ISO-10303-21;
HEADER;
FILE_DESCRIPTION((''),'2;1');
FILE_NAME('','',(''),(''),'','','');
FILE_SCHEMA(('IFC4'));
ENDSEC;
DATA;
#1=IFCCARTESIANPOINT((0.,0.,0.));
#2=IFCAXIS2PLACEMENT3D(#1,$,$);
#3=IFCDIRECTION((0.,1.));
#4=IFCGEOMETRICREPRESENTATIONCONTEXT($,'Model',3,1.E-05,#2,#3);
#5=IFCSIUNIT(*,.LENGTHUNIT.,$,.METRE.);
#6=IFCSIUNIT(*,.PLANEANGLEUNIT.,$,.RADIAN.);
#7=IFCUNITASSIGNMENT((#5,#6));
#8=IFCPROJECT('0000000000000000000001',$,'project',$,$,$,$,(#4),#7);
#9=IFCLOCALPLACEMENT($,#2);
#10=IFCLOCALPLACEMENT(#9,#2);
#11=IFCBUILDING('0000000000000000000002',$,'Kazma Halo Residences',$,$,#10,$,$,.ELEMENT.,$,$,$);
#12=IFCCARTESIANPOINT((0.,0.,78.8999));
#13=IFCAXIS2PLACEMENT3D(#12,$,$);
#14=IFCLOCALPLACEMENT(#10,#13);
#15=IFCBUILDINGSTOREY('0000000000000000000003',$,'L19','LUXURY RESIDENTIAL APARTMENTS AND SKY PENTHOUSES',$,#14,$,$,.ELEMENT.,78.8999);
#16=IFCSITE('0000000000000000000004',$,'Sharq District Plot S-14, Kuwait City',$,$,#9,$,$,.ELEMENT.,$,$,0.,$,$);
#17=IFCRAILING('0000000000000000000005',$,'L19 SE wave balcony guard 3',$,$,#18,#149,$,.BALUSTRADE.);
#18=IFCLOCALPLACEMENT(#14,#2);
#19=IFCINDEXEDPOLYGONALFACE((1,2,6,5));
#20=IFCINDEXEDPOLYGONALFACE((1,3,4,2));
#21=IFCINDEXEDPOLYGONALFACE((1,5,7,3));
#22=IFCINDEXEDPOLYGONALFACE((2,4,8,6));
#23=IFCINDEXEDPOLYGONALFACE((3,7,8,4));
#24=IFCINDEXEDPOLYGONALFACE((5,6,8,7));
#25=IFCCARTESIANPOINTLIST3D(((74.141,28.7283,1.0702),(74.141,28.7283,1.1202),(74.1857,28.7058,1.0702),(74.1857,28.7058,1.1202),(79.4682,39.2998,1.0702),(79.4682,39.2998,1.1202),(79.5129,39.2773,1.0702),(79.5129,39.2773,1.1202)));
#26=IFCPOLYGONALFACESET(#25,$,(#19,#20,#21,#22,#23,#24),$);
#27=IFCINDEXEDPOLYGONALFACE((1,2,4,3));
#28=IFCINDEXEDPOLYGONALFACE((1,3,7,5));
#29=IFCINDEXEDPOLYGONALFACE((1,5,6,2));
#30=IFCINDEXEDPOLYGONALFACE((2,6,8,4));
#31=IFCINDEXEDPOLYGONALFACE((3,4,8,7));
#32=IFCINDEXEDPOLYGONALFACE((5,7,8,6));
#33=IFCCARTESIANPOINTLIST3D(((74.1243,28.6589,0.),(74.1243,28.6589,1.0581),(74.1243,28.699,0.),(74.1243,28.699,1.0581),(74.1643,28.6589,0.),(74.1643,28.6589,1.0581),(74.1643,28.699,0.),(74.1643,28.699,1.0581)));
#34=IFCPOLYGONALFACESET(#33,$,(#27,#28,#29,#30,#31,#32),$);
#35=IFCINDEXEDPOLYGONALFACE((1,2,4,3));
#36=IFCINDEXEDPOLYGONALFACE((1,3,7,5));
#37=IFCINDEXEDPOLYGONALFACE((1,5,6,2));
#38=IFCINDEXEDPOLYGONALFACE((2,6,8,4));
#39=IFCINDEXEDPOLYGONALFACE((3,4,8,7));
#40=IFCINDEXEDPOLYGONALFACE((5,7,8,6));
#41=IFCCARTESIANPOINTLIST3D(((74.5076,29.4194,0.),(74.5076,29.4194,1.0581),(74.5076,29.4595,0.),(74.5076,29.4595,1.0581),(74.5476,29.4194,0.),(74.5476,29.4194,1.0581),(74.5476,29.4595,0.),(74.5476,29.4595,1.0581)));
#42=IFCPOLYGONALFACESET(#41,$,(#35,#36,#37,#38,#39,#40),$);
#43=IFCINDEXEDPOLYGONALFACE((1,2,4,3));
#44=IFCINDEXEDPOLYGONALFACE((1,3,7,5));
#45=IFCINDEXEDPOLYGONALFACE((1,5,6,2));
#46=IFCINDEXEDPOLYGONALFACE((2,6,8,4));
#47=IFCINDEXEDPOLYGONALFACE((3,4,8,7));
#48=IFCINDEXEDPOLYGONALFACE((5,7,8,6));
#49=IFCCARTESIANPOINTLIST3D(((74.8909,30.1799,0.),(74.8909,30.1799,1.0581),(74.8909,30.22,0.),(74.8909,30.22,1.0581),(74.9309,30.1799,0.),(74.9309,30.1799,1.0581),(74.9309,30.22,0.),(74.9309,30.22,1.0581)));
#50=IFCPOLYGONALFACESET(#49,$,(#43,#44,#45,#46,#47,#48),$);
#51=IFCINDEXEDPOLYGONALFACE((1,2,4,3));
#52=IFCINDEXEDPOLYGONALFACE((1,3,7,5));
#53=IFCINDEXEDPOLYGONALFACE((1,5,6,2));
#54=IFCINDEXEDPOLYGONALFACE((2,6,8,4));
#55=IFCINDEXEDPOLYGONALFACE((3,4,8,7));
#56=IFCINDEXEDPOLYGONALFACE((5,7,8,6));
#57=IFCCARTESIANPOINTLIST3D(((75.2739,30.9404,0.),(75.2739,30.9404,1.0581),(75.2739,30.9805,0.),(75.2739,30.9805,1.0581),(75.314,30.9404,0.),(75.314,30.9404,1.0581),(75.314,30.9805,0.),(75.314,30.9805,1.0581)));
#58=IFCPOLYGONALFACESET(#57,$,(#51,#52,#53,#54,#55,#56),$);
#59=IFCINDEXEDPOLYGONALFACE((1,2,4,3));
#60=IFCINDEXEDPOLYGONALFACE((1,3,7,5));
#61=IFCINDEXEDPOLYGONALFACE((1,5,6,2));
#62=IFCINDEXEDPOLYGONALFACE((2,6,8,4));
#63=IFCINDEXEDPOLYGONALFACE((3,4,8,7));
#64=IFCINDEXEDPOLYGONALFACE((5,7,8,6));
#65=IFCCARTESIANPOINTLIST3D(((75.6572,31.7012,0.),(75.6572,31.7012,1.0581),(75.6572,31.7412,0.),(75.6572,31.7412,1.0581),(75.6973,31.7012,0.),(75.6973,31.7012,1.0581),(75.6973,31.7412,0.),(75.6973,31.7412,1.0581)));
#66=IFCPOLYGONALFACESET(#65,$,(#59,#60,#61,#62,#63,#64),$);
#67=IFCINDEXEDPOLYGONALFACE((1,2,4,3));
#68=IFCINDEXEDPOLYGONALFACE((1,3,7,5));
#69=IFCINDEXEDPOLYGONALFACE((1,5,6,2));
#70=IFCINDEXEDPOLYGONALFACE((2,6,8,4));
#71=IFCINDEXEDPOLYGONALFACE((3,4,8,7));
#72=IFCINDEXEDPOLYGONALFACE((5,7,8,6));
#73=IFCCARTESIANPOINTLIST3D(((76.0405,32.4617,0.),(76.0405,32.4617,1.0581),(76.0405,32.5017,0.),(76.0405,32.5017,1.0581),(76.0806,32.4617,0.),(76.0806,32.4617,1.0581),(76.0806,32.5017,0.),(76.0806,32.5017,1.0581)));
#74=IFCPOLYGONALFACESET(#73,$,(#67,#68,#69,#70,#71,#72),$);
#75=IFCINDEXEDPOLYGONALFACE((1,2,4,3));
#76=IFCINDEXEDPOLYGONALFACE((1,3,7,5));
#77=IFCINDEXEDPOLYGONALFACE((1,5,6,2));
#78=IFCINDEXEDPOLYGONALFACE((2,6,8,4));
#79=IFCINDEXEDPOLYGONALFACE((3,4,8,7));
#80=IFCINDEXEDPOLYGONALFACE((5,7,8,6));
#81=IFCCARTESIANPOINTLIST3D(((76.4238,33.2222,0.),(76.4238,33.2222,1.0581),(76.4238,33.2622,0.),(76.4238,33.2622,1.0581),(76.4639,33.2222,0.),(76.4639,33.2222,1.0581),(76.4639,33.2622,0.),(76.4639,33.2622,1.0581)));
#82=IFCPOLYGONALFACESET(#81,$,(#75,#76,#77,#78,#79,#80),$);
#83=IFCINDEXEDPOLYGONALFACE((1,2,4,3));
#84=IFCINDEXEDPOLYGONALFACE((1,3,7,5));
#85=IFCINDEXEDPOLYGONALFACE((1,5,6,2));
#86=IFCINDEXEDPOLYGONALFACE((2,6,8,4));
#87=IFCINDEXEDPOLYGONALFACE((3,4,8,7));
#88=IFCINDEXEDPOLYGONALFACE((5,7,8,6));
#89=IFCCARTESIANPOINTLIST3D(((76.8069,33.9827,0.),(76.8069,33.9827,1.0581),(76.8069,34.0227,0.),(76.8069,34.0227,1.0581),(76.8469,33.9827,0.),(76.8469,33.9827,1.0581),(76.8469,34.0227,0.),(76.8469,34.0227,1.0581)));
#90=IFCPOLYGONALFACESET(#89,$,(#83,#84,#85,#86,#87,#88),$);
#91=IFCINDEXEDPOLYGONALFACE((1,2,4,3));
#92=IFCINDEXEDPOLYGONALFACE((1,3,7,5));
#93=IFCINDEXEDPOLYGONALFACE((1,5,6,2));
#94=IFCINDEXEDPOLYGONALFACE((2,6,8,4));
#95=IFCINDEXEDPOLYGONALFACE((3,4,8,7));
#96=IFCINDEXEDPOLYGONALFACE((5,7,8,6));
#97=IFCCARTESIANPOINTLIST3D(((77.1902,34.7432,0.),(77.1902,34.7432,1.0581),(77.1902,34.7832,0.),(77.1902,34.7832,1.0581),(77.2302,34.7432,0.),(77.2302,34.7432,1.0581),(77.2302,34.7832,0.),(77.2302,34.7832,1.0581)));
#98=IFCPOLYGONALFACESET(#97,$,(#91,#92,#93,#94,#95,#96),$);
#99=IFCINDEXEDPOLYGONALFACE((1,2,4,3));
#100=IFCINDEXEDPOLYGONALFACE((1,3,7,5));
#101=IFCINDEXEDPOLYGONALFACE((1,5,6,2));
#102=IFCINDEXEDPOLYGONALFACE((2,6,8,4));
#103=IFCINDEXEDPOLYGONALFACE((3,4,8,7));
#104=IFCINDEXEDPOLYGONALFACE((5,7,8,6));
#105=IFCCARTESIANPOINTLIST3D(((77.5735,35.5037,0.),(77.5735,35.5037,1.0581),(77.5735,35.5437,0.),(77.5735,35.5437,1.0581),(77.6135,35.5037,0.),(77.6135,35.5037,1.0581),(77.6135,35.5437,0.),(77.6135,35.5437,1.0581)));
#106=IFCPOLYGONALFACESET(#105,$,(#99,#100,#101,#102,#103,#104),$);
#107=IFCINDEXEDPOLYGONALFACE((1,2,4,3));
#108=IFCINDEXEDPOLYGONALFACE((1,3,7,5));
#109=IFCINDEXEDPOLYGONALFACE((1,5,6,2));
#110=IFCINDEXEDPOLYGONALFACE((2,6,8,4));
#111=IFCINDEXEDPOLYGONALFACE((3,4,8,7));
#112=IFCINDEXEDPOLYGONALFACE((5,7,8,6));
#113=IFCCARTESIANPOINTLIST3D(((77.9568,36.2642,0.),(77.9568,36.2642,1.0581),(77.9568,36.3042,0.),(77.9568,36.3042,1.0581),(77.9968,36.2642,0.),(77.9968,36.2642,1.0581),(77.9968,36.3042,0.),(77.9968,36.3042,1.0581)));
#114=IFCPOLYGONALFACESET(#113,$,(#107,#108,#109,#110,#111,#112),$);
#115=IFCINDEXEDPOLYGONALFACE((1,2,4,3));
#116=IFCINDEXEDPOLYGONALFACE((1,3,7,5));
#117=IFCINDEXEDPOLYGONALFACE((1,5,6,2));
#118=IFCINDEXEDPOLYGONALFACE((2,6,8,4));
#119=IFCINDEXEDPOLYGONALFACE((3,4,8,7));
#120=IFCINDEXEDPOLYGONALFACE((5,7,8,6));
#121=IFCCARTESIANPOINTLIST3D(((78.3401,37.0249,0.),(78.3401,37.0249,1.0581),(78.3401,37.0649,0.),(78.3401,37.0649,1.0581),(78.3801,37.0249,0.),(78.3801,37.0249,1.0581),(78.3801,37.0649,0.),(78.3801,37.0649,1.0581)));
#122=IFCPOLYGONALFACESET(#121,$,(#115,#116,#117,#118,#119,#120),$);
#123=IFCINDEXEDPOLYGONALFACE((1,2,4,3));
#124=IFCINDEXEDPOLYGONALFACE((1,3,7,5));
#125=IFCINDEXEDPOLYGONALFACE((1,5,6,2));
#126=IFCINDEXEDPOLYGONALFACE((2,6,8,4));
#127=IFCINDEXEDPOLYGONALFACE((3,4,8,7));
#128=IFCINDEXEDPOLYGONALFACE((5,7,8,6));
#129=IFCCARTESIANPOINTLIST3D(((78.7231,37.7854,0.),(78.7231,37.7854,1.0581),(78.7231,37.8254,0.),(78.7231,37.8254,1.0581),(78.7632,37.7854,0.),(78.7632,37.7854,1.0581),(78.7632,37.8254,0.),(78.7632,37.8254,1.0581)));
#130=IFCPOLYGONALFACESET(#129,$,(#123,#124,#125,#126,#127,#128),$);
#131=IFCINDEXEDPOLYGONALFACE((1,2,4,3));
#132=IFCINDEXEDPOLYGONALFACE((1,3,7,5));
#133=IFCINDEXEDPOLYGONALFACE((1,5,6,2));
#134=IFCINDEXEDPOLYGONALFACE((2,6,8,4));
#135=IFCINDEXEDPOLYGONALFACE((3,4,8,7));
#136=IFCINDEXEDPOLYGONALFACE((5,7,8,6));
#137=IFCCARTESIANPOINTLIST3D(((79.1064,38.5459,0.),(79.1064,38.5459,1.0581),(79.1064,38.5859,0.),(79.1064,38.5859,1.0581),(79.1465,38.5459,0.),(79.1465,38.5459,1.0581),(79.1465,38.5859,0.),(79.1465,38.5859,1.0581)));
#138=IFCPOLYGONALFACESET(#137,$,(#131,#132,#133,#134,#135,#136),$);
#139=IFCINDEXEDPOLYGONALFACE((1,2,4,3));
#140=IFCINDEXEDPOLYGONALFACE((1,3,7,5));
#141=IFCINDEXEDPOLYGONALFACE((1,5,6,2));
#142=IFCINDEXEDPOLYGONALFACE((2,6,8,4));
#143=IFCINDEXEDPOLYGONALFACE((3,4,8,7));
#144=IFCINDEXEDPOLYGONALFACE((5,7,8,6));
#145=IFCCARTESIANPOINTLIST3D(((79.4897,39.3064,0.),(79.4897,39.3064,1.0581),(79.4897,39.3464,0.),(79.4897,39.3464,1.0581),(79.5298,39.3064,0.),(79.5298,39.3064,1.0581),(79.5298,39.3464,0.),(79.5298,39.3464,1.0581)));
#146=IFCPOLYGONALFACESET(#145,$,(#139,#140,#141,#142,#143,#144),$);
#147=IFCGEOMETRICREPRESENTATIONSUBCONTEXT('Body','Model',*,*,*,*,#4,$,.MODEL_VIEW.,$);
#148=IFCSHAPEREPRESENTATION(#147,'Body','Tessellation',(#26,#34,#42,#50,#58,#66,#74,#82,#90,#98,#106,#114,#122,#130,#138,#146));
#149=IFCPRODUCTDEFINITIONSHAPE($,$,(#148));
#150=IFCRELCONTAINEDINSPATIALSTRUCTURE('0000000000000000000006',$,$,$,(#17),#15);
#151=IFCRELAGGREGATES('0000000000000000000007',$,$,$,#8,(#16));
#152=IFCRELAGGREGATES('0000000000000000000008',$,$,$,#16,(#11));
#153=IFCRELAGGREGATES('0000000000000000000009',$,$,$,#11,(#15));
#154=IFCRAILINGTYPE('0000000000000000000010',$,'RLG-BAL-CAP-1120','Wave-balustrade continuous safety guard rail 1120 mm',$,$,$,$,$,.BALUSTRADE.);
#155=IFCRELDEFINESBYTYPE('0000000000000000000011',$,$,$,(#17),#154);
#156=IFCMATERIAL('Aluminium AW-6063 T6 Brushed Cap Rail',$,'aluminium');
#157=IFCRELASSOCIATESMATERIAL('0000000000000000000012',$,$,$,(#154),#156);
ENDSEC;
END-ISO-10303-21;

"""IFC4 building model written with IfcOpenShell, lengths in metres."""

from ifc_helpers import new_model, si_unit, direction, frame, origin, origin_2d, place, context, subcontext, project, spatial, rectangle, extrude, material, type_object, element, save


model = new_model("IFC4")

# Units and contexts
model_context = context("Model", 3, precision=1e-05, world=origin(), true_north=direction((0.0, 1.0)))
body_context = subcontext(model_context, "Body", "Model", "MODEL_VIEW")
ifc_project = project(units=[si_unit("LENGTHUNIT", "METRE"), si_unit("PLANEANGLEUNIT", "RADIAN")], contexts=[model_context])

# Site, building, storey
site_placement = place(None, origin())
site = spatial("IfcSite", under=ifc_project, at=site_placement, Name="Sharq District Plot S-14, Kuwait City", CompositionType="ELEMENT", RefElevation=0.0)
building_placement = place(site_placement, origin())
building = spatial("IfcBuilding", under=site, at=building_placement, Name="Kazma Halo Residences", CompositionType="ELEMENT")
storey_placement = place(building_placement, frame((0.0, 0.0, 78.8999)))
storey = spatial("IfcBuildingStorey", under=building, at=storey_placement, Name="L19", Description="LUXURY RESIDENTIAL APARTMENTS AND SKY PENTHOUSES", CompositionType="ELEMENT", Elevation=78.8999)

# Railing
ifc_material_1 = material(Name="Aluminium AW-6063 T6 Brushed Cap Rail", Category="aluminium")
railing_type = type_object("IfcRailingType", Name="RLG-BAL-CAP-1120", Description="Wave-balustrade continuous safety guard rail 1120 mm", PredefinedType="BALUSTRADE", material=ifc_material_1)
railing_1_placement = place(storey_placement, frame((74.1443, 28.679, 0.0)))
element("IfcRailing", 1, at=railing_1_placement, inside=storey, type_object=railing_type, Name="L19 SE wave balcony guard 3", PredefinedType="BALUSTRADE", context=body_context, shape_type="SweptSolid", body=[
    extrude(rectangle(XDim=0.05, YDim=0.05, at=origin_2d()), frame((0.019, 0.0381, 1.0952), z_axis=(0.450013, 0.893022, 0.0), x_axis=(-0.893022, 0.450013, 0.0)), (0.0, 0.0, 1.0), 11.8379),
    extrude(rectangle(XDim=0.04, YDim=0.04, at=origin_2d()), origin(), (0.0, 0.0, 1.0), 1.0581),
    extrude(rectangle(XDim=0.04, YDim=0.04, at=origin_2d()), frame((0.3833, 0.7605, 0.0)), (0.0, 0.0, 1.0), 1.0581),
    extrude(rectangle(XDim=0.04, YDim=0.04, at=origin_2d()), frame((0.7666, 1.521, 0.0)), (0.0, 0.0, 1.0), 1.0581),
    extrude(rectangle(XDim=0.04, YDim=0.04, at=origin_2d()), frame((1.1497, 2.2815, 0.0)), (0.0, 0.0, 1.0), 1.0581),
    extrude(rectangle(XDim=0.04, YDim=0.04, at=origin_2d()), frame((1.533, 3.0422, 0.0)), (0.0, 0.0, 1.0), 1.0581),
    extrude(rectangle(XDim=0.04, YDim=0.04, at=origin_2d()), frame((1.9163, 3.8027, 0.0)), (0.0, 0.0, 1.0), 1.0581),
    extrude(rectangle(XDim=0.04, YDim=0.04, at=origin_2d()), frame((2.2996, 4.5632, 0.0)), (0.0, 0.0, 1.0), 1.0581),
    extrude(rectangle(XDim=0.04, YDim=0.04, at=origin_2d()), frame((2.6826, 5.3237, 0.0)), (0.0, 0.0, 1.0), 1.0581),
    extrude(rectangle(XDim=0.04, YDim=0.04, at=origin_2d()), frame((3.0659, 6.0842, 0.0)), (0.0, 0.0, 1.0), 1.0581),
    extrude(rectangle(XDim=0.04, YDim=0.04, at=origin_2d()), frame((3.4492, 6.8447, 0.0)), (0.0, 0.0, 1.0), 1.0581),
    extrude(rectangle(XDim=0.04, YDim=0.04, at=origin_2d()), frame((3.8325, 7.6052, 0.0)), (0.0, 0.0, 1.0), 1.0581),
    extrude(rectangle(XDim=0.04, YDim=0.04, at=origin_2d()), frame((4.2158, 8.366, 0.0)), (0.0, 0.0, 1.0), 1.0581),
    extrude(rectangle(XDim=0.04, YDim=0.04, at=origin_2d()), frame((4.5989, 9.1265, 0.0)), (0.0, 0.0, 1.0), 1.0581),
    extrude(rectangle(XDim=0.04, YDim=0.04, at=origin_2d()), frame((4.9822, 9.887, 0.0)), (0.0, 0.0, 1.0), 1.0581),
    extrude(rectangle(XDim=0.04, YDim=0.04, at=origin_2d()), frame((5.3655, 10.6475, 0.0)), (0.0, 0.0, 1.0), 1.0581),
])

save(model, "model.ifc")
